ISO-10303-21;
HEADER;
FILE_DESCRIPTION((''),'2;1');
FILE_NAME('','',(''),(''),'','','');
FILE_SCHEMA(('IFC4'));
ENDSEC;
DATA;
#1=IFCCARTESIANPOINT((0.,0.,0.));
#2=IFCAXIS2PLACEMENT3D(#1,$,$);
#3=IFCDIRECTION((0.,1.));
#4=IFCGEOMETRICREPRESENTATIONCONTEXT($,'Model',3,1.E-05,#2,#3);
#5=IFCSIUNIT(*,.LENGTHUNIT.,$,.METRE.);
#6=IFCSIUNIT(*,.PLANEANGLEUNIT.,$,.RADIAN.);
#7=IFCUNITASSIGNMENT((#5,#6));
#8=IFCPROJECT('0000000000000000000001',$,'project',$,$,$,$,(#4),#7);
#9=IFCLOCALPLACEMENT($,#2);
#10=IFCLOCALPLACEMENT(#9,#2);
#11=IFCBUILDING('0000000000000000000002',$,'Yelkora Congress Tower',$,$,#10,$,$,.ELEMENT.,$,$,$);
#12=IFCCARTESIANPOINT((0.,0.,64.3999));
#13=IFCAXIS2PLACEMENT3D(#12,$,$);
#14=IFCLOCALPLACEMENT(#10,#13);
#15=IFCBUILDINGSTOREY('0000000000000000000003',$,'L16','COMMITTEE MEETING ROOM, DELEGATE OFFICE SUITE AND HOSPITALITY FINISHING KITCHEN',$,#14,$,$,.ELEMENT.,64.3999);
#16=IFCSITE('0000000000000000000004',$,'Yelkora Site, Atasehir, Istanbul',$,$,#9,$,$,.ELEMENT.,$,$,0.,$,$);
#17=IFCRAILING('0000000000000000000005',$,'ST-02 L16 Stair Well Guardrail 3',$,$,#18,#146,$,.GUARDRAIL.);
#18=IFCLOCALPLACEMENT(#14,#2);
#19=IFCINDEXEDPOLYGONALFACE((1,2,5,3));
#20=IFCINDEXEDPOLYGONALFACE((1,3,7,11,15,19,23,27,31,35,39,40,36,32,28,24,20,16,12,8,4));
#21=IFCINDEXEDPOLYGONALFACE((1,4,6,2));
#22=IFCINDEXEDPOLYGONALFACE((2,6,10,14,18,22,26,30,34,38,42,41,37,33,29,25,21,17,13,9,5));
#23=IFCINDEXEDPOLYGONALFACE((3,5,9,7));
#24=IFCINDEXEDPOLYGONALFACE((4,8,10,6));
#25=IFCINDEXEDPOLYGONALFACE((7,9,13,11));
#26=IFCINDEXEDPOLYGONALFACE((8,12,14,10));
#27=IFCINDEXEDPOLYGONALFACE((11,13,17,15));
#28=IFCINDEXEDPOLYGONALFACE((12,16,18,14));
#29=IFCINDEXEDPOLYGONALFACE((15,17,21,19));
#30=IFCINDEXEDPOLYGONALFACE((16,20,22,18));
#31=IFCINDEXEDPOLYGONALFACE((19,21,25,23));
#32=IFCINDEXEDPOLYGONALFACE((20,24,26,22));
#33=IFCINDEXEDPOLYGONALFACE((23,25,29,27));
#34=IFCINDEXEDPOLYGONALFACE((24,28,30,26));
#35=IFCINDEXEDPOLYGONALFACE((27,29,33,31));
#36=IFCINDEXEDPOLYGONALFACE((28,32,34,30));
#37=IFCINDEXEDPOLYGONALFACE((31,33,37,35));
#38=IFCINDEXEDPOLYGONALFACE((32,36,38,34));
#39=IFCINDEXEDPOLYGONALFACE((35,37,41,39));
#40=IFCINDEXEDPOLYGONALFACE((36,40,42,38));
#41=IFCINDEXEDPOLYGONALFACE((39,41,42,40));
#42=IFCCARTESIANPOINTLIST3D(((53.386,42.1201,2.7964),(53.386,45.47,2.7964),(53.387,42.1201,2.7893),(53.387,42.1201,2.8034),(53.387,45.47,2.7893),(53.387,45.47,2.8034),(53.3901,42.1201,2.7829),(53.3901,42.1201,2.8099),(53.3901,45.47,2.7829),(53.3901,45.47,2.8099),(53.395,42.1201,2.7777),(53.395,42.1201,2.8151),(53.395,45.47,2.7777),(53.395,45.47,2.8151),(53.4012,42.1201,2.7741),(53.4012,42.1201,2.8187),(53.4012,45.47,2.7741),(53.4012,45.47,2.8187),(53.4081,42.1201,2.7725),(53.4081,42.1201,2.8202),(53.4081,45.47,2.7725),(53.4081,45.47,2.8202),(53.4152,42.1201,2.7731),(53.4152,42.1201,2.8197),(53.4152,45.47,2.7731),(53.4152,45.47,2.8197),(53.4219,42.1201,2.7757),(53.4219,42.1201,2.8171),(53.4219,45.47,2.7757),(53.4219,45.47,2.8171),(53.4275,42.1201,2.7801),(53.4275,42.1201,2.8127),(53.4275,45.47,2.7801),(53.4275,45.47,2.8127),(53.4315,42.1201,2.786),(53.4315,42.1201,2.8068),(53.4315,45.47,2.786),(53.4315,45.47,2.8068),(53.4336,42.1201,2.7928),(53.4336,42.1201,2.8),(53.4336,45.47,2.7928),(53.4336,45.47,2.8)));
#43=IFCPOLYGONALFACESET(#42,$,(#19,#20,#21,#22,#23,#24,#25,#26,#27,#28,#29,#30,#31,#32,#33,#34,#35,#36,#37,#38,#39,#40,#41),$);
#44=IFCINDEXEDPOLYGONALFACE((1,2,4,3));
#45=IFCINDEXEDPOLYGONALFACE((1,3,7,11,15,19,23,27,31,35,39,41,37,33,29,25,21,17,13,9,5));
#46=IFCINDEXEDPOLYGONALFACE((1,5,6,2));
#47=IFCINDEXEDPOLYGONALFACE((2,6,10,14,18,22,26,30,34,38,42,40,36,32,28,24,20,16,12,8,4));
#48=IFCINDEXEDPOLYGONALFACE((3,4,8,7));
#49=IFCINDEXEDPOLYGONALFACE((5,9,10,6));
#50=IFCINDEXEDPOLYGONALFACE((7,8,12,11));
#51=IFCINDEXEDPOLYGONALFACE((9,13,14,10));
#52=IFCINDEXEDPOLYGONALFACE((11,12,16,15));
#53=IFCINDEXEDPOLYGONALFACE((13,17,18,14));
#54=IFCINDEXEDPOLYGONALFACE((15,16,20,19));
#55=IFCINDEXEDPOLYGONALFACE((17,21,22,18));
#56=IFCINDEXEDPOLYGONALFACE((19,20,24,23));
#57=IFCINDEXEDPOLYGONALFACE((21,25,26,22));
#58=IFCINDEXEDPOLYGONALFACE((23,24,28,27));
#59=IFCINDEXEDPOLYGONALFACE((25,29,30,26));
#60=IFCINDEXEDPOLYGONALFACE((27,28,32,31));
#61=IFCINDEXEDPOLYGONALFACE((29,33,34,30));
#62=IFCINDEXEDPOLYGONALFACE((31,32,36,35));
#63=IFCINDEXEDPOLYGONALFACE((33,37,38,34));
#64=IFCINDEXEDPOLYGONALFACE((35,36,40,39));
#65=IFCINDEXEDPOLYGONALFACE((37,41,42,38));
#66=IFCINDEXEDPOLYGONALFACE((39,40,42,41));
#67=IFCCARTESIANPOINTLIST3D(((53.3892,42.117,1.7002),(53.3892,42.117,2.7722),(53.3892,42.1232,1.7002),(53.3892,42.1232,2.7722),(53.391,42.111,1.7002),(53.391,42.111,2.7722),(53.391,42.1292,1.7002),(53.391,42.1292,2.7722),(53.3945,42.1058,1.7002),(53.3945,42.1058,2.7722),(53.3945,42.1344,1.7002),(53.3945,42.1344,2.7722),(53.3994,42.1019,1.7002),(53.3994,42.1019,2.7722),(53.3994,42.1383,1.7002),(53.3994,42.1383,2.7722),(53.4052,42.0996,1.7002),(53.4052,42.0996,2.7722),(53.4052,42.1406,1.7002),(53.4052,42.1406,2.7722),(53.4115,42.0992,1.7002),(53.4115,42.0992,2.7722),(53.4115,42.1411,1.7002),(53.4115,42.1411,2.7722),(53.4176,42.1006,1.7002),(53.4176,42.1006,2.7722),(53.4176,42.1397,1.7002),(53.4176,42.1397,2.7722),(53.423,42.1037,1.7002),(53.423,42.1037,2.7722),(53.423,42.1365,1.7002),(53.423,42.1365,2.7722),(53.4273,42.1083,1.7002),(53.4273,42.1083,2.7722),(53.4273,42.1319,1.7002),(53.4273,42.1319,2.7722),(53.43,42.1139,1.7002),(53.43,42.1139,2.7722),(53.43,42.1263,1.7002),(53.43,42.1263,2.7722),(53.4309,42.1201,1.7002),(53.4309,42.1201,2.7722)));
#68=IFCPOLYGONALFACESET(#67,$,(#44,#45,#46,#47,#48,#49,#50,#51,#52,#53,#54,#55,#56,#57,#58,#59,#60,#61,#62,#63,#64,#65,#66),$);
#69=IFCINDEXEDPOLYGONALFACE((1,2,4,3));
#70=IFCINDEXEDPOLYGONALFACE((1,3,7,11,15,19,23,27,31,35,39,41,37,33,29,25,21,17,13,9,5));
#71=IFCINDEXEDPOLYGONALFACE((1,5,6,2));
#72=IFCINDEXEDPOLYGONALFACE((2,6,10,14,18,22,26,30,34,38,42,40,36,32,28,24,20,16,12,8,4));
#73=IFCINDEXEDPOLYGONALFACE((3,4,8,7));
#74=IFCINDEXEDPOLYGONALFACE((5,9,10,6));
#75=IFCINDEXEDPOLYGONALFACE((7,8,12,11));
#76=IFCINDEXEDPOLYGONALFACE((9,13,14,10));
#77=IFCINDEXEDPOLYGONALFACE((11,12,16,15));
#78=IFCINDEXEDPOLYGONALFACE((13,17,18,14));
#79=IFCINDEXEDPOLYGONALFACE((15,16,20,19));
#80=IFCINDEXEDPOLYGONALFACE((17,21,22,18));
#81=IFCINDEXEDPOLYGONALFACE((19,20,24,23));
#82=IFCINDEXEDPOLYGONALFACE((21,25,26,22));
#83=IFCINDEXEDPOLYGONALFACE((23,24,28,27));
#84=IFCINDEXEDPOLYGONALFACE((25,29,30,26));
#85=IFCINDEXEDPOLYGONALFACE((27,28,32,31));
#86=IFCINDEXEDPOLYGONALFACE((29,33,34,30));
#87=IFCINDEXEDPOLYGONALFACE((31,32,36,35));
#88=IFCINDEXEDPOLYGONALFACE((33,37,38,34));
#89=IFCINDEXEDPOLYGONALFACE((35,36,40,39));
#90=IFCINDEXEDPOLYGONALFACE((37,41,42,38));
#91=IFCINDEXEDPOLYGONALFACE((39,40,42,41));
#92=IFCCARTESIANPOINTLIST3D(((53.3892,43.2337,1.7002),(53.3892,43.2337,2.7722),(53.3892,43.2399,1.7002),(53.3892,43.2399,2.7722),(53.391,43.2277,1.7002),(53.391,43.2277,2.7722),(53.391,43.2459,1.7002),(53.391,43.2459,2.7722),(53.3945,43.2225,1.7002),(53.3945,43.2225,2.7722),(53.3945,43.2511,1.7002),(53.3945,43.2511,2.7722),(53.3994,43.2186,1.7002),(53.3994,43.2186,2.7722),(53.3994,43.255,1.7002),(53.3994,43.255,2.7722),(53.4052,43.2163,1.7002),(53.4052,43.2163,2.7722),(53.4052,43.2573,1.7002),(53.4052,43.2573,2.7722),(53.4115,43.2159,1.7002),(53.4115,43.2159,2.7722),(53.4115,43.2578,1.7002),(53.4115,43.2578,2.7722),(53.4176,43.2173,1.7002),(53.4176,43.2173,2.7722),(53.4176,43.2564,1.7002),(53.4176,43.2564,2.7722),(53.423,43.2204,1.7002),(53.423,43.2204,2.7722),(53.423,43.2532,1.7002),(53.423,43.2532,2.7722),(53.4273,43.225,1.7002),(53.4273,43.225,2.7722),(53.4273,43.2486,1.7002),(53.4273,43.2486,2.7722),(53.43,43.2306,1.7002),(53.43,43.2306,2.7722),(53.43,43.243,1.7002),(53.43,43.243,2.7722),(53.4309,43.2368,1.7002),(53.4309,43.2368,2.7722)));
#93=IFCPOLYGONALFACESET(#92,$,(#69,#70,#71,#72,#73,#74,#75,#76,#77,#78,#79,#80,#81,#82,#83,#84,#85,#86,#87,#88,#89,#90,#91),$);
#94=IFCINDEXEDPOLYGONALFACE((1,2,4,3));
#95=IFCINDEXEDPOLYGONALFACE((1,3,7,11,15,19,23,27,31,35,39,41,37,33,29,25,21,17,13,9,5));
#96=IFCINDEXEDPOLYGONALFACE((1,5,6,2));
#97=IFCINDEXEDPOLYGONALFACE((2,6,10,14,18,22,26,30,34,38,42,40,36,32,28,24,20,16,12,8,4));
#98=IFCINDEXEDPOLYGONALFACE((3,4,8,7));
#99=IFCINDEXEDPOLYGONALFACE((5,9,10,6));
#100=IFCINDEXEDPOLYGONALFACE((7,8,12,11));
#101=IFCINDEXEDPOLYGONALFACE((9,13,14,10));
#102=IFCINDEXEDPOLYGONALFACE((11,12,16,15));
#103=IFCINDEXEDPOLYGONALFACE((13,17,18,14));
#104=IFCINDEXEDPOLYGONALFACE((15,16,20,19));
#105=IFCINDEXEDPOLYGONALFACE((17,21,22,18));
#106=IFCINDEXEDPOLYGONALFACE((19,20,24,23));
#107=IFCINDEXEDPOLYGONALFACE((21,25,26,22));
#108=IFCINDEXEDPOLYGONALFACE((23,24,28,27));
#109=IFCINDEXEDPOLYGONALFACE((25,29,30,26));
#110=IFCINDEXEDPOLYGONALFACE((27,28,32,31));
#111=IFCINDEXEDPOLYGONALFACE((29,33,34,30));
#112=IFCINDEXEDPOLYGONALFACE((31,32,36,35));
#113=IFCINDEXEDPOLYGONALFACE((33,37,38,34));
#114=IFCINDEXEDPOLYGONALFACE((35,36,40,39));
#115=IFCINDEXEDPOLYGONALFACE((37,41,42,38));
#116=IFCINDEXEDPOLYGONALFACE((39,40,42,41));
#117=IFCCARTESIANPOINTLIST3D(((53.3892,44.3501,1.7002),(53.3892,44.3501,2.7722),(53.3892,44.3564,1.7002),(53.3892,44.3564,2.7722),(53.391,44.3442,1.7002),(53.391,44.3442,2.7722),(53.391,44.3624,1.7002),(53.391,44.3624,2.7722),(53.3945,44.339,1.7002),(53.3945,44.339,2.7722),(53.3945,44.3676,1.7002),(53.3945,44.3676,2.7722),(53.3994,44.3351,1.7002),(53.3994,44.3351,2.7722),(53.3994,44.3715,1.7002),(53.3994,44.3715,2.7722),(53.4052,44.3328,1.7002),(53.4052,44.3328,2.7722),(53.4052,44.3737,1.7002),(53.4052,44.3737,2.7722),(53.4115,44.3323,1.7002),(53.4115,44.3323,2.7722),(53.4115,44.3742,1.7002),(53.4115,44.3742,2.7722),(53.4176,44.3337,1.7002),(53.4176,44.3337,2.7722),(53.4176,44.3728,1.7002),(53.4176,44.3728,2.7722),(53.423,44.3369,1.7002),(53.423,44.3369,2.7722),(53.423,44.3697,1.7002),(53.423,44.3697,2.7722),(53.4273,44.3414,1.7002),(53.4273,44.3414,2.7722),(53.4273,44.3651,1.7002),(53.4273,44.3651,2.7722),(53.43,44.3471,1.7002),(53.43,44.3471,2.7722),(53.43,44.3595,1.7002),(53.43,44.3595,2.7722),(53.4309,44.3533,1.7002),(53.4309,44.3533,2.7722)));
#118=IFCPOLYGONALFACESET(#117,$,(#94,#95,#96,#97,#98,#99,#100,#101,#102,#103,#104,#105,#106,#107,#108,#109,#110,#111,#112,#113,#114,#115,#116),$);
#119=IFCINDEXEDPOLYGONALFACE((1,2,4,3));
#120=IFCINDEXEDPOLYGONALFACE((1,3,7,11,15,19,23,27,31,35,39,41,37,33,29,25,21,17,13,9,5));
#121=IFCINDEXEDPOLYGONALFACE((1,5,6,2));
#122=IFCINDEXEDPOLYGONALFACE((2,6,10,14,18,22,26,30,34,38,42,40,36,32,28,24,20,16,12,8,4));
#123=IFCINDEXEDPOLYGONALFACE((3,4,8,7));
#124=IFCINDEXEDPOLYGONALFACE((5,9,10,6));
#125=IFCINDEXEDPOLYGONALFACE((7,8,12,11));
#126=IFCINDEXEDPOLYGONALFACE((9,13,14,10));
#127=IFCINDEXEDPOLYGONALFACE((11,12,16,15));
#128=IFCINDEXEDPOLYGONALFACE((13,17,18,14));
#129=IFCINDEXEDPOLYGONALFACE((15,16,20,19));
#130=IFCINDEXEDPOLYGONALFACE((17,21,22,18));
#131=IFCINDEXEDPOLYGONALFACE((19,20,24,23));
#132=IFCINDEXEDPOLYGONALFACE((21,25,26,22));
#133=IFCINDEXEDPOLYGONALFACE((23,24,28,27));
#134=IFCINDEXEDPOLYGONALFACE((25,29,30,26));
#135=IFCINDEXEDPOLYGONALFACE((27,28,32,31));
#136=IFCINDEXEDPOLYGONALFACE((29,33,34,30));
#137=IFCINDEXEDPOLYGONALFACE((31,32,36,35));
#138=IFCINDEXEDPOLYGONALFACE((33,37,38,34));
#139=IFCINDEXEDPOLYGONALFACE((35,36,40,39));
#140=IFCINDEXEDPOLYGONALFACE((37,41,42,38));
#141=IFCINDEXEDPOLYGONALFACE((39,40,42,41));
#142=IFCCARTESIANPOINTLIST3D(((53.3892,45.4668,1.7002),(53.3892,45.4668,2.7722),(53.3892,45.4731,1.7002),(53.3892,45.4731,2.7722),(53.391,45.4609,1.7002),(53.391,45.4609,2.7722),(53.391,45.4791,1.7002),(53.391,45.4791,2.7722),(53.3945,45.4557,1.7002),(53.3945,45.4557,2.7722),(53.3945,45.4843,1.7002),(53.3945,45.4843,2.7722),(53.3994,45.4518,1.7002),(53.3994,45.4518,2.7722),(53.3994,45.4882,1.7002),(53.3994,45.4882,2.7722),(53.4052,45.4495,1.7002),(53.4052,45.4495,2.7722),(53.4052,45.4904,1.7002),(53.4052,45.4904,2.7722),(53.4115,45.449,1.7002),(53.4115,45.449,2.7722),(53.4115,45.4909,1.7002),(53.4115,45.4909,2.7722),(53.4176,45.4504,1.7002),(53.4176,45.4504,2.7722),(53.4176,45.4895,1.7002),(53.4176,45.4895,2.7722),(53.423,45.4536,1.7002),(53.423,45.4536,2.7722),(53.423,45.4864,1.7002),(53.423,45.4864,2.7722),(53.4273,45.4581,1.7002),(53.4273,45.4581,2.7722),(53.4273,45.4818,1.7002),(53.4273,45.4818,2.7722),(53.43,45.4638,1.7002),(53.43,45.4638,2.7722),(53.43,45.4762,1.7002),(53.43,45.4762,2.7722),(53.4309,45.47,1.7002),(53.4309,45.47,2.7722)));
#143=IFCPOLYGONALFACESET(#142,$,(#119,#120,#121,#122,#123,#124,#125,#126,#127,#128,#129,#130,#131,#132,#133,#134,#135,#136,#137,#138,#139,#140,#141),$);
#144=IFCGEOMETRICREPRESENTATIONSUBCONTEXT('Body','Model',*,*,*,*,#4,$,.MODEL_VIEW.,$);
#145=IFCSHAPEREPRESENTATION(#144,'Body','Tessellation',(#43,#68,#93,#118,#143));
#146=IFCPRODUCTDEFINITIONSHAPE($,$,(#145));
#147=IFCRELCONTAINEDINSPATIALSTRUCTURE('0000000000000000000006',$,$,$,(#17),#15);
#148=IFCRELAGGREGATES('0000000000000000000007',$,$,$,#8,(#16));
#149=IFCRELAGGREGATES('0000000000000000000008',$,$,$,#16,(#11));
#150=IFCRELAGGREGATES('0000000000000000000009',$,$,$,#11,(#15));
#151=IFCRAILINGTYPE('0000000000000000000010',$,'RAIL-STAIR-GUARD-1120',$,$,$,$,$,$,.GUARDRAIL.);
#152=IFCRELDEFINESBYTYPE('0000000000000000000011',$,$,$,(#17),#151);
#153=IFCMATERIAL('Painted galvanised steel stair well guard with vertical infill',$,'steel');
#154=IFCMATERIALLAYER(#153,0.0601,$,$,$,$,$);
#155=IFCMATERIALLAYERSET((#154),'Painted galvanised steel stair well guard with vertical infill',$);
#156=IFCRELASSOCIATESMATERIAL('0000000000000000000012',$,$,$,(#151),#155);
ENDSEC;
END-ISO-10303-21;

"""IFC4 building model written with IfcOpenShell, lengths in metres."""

from ifc_helpers import new_model, si_unit, direction, frame, origin, origin_2d, place, context, subcontext, project, spatial, circle, extrude, material, layer, layer_set, type_object, element, save


model = new_model("IFC4")

# Units and contexts
model_context = context("Model", 3, precision=1e-05, world=origin(), true_north=direction((0.0, 1.0)))
body_context = subcontext(model_context, "Body", "Model", "MODEL_VIEW")
ifc_project = project(units=[si_unit("LENGTHUNIT", "METRE"), si_unit("PLANEANGLEUNIT", "RADIAN")], contexts=[model_context])

# Site, building, storey
site_placement = place(None, origin())
site = spatial("IfcSite", under=ifc_project, at=site_placement, Name="Yelkora Site, Atasehir, Istanbul", CompositionType="ELEMENT", RefElevation=0.0)
building_placement = place(site_placement, origin())
building = spatial("IfcBuilding", under=site, at=building_placement, Name="Yelkora Congress Tower", CompositionType="ELEMENT")
storey_placement = place(building_placement, frame((0.0, 0.0, 64.3999)))
storey = spatial("IfcBuildingStorey", under=building, at=storey_placement, Name="L16", Description="COMMITTEE MEETING ROOM, DELEGATE OFFICE SUITE AND HOSPITALITY FINISHING KITCHEN", CompositionType="ELEMENT", Elevation=64.3999)

# Railing
ifc_material_1 = material(Name="Painted galvanised steel stair well guard with vertical infill", Category="steel")
ifc_layer_1 = layer(ifc_material_1, 0.0601)
ifc_layer_set_1 = layer_set([ifc_layer_1], Name="Painted galvanised steel stair well guard with vertical infill")
railing_type_1 = type_object("IfcRailingType", Name="RAIL-STAIR-GUARD-1120", PredefinedType="GUARDRAIL", material=ifc_layer_set_1)
railing_1_placement = place(storey_placement, frame((53.4099, 42.1201, 1.7002)))
element("IfcRailing", 1, at=railing_1_placement, inside=storey, type_object=railing_type_1, Name="ST-02 L16 Stair Well Guardrail 3", PredefinedType="GUARDRAIL", context=body_context, shape_type="SweptSolid", body=[
    extrude(circle(Radius=0.0239, at=origin_2d()), frame((0.0, 0.0, 1.0962), z_axis=(0.0, 1.0, 0.0), x_axis=(-1.0, 0.0, 0.0)), (0.0, 0.0, 1.0), 3.3499),
    extrude(circle(Radius=0.021, at=origin_2d()), origin(), (0.0, 0.0, 1.0), 1.072),
    extrude(circle(Radius=0.021, at=origin_2d()), frame((0.0, 1.1167, 0.0)), (0.0, 0.0, 1.0), 1.072),
    extrude(circle(Radius=0.021, at=origin_2d()), frame((0.0, 2.2332, 0.0)), (0.0, 0.0, 1.0), 1.072),
    extrude(circle(Radius=0.021, at=origin_2d()), frame((0.0, 3.3499, 0.0)), (0.0, 0.0, 1.0), 1.072),
])

save(model, "model.ifc")
